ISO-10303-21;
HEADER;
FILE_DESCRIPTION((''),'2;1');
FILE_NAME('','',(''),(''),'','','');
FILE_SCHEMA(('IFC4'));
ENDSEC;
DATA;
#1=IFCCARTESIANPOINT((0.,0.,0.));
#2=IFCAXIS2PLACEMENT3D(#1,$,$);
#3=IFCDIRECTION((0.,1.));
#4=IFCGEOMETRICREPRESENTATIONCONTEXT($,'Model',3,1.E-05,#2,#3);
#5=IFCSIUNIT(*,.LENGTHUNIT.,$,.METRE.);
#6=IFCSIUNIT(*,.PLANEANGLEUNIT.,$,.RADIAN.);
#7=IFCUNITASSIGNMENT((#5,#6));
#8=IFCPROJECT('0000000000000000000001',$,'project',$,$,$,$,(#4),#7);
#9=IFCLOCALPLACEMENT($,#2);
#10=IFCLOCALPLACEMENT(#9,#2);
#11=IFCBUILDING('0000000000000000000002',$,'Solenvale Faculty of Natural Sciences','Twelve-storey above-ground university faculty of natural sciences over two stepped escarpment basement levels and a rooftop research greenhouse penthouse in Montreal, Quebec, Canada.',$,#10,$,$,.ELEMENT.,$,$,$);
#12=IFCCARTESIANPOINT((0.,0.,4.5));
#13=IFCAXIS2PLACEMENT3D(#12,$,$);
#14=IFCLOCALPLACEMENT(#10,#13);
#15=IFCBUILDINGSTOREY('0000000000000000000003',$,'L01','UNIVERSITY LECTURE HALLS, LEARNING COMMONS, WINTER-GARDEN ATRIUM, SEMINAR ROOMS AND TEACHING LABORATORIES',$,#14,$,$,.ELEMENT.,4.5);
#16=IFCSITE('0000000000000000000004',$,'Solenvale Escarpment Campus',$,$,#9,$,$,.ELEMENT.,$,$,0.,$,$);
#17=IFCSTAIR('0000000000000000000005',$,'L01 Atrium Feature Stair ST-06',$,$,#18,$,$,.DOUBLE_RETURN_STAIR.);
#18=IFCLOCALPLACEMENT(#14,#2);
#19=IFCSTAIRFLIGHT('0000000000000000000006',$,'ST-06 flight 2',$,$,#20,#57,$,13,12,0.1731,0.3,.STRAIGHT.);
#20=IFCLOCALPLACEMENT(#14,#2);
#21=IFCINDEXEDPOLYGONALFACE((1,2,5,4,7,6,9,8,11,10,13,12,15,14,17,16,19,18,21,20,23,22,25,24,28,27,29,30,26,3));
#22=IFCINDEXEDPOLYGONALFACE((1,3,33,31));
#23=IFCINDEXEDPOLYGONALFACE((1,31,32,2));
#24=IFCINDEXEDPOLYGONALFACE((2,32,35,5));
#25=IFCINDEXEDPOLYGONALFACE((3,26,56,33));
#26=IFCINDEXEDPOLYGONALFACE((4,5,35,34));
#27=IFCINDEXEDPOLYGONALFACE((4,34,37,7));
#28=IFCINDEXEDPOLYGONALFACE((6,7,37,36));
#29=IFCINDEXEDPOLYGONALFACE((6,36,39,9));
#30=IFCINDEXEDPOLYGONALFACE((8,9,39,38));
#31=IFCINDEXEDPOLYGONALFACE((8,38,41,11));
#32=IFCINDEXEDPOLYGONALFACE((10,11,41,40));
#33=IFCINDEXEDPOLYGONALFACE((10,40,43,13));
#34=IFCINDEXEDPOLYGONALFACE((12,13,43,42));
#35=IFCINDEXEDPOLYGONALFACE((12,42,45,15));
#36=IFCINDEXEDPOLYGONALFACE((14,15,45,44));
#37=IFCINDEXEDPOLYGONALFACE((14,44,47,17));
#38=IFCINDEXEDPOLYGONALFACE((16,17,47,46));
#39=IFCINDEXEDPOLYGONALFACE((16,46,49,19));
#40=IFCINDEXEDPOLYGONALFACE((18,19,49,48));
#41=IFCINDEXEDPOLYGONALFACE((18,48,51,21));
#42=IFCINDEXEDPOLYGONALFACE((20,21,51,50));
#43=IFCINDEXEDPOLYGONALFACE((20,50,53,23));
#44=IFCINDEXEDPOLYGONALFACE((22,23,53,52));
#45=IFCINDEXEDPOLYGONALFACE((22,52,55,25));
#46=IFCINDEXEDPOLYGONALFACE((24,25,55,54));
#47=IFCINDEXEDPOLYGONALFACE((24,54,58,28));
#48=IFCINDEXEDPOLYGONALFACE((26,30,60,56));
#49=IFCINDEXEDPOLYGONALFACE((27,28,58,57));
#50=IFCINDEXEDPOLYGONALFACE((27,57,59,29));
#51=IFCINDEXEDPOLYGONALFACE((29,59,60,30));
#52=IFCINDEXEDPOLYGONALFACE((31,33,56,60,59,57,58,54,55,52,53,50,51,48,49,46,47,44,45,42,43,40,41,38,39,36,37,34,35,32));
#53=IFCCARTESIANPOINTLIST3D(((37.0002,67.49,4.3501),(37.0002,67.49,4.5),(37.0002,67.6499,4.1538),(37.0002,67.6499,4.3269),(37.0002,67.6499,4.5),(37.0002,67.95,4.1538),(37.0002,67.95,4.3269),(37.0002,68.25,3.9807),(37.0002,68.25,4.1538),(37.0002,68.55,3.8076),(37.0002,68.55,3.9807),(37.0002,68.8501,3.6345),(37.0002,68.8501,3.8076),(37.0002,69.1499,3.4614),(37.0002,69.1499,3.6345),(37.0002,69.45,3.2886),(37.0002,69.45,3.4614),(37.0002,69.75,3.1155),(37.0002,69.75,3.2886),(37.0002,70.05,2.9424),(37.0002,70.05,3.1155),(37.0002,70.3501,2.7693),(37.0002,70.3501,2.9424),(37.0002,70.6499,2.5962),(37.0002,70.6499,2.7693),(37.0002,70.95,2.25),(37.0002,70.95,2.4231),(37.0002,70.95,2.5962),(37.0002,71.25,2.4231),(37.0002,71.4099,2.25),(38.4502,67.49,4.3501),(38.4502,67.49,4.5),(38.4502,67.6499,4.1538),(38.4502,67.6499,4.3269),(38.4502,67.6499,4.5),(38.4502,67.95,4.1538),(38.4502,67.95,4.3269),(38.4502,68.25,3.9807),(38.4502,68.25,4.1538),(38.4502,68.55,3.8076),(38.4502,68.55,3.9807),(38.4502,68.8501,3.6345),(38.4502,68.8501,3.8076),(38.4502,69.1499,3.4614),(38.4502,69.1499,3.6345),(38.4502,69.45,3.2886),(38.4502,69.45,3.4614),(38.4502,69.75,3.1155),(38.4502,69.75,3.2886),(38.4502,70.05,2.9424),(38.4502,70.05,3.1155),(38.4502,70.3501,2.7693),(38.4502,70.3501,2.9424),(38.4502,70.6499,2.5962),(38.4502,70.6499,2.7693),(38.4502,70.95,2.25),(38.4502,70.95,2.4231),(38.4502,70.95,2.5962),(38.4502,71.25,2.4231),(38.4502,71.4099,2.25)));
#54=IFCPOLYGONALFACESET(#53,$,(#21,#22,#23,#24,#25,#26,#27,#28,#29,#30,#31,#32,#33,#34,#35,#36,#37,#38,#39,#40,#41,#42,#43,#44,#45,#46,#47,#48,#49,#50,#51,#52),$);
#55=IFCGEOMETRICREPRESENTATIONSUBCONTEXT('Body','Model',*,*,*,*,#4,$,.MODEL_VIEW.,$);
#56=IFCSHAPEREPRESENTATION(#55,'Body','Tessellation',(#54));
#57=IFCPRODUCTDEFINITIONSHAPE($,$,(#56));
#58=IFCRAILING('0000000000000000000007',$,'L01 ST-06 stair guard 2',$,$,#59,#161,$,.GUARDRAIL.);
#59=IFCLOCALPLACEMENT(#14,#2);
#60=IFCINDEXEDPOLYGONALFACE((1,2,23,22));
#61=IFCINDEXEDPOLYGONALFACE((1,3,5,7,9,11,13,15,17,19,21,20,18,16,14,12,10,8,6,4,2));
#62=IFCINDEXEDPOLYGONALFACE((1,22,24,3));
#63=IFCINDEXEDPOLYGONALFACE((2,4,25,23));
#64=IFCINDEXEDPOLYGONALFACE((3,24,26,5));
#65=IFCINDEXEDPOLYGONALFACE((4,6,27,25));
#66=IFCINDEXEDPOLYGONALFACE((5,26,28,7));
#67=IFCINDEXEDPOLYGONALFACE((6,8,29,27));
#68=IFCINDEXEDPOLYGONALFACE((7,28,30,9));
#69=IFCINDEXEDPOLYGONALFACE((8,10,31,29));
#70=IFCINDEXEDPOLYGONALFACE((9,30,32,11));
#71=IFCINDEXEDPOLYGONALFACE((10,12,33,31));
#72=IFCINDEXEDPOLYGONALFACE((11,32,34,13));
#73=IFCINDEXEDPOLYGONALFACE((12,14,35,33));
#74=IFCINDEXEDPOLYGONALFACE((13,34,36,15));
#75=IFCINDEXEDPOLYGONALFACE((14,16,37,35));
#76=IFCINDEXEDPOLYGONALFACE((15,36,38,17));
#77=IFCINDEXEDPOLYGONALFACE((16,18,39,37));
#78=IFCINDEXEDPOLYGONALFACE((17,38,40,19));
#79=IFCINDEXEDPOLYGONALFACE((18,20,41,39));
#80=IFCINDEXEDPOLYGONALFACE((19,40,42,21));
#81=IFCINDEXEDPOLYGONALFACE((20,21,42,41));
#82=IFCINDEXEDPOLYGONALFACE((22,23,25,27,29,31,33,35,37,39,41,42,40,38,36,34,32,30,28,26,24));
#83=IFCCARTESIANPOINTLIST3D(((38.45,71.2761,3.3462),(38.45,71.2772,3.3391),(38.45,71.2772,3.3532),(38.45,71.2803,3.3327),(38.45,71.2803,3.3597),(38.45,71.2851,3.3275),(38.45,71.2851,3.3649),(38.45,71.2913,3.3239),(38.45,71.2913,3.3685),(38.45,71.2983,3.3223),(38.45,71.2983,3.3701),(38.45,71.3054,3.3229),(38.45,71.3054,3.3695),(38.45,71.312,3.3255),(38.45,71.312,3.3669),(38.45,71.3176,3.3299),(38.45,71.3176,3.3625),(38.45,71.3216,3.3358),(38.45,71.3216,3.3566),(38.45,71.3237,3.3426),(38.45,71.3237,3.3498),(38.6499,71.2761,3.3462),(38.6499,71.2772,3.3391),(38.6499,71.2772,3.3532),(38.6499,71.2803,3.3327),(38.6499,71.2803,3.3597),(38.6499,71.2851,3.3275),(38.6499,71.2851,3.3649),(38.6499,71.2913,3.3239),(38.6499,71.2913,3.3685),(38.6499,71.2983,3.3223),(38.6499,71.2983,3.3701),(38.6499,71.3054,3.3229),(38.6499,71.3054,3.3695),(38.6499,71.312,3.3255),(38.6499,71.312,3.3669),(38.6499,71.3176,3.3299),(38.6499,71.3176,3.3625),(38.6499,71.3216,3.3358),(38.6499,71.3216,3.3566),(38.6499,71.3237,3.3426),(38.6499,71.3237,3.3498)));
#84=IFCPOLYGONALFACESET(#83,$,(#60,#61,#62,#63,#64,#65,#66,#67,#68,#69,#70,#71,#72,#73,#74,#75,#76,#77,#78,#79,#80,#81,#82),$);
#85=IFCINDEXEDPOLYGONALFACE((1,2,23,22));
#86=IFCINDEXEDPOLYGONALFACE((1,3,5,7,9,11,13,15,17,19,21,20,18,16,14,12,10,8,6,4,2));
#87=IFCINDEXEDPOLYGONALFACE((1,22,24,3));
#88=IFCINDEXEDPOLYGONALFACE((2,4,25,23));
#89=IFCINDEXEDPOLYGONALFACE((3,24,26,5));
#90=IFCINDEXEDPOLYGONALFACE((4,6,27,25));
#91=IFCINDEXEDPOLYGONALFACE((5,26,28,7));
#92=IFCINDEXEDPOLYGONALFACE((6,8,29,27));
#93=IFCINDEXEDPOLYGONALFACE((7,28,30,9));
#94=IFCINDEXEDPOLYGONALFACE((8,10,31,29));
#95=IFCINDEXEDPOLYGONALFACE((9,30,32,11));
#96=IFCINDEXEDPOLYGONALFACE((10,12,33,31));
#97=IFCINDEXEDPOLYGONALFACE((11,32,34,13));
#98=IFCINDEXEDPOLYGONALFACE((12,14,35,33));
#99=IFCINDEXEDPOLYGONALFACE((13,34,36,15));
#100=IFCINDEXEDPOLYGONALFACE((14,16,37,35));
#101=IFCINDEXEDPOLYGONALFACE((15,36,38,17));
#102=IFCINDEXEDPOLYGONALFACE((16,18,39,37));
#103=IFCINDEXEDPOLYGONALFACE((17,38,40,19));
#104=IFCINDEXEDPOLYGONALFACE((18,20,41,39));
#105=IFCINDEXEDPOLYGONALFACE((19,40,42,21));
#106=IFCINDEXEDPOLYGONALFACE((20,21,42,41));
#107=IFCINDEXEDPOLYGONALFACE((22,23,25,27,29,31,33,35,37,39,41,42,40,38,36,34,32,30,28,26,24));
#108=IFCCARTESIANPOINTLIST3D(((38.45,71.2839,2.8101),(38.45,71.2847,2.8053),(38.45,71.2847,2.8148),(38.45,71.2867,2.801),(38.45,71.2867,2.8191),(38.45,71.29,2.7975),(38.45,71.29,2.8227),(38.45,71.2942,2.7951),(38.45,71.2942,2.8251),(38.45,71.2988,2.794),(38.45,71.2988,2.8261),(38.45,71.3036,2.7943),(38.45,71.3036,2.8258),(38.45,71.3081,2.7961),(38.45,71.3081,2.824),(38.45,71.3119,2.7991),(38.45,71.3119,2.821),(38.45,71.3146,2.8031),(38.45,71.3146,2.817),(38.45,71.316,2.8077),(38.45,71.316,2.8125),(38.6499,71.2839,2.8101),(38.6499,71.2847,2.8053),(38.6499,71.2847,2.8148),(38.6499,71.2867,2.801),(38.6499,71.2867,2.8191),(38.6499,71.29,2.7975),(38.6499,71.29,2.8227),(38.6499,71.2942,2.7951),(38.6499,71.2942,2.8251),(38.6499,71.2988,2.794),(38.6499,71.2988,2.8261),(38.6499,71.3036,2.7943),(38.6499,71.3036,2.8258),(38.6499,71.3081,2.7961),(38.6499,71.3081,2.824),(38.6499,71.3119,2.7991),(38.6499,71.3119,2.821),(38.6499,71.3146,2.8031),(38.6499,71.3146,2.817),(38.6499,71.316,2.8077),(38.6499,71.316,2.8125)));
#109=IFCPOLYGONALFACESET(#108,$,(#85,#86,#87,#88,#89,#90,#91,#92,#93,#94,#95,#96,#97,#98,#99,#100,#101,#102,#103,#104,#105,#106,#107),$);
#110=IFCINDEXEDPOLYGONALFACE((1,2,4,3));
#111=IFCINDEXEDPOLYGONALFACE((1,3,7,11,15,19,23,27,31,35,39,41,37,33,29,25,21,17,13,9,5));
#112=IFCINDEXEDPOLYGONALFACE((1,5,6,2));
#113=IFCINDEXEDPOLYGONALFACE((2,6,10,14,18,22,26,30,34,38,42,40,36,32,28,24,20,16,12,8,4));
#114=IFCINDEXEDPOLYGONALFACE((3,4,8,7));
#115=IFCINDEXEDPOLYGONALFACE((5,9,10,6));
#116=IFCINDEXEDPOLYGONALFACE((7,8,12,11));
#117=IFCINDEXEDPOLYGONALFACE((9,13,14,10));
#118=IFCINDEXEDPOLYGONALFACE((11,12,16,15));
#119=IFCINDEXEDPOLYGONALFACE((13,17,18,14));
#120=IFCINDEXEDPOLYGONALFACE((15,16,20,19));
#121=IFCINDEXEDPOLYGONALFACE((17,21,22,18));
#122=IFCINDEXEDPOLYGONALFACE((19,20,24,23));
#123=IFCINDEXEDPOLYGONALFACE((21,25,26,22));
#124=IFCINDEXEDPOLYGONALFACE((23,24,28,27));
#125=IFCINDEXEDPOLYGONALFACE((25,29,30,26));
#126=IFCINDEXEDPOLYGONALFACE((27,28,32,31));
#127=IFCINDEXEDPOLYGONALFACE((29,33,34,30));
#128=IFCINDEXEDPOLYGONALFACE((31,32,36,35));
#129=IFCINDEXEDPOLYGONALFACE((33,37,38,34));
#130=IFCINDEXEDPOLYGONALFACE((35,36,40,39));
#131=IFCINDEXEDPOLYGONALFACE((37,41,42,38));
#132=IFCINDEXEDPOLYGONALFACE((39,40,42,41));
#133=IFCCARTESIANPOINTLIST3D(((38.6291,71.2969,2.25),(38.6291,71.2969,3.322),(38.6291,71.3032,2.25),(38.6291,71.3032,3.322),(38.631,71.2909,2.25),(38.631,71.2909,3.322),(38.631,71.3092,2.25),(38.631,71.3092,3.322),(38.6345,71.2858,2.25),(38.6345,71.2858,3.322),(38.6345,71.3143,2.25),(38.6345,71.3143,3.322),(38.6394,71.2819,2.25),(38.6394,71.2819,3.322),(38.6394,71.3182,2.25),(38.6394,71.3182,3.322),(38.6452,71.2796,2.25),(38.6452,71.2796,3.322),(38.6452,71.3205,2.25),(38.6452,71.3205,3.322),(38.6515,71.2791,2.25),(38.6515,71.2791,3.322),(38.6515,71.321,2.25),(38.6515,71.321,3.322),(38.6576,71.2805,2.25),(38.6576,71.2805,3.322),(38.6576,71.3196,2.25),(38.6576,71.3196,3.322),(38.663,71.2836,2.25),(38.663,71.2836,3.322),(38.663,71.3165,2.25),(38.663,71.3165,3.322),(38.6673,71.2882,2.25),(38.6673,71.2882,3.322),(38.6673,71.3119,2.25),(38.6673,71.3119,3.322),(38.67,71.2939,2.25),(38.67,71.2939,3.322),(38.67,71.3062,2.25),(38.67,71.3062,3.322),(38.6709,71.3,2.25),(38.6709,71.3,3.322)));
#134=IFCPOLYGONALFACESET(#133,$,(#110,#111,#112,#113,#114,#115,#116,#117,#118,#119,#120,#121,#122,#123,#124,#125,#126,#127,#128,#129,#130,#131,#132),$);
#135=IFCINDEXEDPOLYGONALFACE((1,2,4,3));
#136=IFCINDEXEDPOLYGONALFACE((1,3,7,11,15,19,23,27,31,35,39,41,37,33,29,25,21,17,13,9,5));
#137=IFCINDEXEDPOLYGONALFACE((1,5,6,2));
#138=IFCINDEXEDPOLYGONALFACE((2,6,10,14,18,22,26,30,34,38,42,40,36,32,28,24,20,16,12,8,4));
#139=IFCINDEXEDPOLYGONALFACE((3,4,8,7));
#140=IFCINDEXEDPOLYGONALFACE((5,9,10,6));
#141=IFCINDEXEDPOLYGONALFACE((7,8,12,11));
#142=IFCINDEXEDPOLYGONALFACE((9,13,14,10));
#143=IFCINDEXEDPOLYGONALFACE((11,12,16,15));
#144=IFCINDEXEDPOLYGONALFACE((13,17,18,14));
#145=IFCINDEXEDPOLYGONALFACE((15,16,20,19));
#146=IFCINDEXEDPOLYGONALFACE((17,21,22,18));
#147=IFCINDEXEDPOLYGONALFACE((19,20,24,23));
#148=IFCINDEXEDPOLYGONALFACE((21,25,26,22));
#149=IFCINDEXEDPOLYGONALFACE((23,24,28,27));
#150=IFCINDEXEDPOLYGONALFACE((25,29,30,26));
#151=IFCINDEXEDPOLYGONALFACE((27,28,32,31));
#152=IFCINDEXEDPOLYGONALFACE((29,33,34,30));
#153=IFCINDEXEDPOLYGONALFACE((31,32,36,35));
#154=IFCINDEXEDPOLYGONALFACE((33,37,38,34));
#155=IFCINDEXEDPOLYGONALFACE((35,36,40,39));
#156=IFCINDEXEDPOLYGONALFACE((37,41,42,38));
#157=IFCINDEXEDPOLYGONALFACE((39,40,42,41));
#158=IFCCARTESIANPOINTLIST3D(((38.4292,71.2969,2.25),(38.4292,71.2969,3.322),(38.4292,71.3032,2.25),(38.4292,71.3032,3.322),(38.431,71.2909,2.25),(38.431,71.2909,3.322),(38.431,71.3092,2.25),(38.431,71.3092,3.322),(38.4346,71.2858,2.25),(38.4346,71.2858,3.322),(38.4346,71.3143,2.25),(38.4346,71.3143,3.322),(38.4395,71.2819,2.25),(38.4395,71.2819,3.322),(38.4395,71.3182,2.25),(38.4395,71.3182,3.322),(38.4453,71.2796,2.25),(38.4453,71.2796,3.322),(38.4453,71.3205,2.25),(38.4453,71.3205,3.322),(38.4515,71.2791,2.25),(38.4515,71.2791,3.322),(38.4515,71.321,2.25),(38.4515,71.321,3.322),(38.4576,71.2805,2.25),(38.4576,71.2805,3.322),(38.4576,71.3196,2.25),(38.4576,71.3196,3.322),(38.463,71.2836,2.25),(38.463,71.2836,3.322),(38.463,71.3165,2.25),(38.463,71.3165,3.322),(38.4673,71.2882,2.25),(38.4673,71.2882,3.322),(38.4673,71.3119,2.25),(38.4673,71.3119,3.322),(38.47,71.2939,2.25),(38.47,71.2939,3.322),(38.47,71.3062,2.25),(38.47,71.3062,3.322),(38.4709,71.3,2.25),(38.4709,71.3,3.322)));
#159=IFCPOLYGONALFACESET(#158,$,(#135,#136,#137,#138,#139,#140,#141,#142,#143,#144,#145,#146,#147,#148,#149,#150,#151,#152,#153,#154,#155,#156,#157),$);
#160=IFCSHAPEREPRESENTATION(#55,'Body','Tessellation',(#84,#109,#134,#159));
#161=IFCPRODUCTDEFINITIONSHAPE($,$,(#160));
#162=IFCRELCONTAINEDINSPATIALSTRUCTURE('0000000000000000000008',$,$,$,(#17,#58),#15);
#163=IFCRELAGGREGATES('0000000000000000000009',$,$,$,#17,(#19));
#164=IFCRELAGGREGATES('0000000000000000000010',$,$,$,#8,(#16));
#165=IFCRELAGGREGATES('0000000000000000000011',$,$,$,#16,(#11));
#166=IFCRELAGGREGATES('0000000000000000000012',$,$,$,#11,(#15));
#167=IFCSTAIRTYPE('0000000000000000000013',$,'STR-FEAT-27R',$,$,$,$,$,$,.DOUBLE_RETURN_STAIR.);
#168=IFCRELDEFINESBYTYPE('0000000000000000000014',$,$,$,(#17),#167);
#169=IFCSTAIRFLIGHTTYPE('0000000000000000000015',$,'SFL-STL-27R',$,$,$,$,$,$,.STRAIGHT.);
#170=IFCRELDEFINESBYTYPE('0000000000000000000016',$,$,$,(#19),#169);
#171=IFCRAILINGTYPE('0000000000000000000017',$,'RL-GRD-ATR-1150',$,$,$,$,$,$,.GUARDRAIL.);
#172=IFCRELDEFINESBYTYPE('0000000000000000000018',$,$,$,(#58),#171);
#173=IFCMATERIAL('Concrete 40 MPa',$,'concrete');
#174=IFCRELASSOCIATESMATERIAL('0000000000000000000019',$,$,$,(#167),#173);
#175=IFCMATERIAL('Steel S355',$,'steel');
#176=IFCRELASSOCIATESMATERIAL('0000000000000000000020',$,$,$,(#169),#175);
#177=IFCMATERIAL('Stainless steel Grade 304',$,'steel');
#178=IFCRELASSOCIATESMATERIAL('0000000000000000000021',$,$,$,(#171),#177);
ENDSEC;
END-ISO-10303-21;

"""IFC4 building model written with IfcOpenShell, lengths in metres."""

from ifc_helpers import new_model, si_unit, direction, frame, origin, origin_2d, place, context, subcontext, project, spatial, polyline, circle, outline, extrude, material, type_object, element, aggregate, save


model = new_model("IFC4")

# Units and contexts
model_context = context("Model", 3, precision=1e-05, world=origin(), true_north=direction((0.0, 1.0)))
body_context = subcontext(model_context, "Body", "Model", "MODEL_VIEW")
ifc_project = project(units=[si_unit("LENGTHUNIT", "METRE"), si_unit("PLANEANGLEUNIT", "RADIAN")], contexts=[model_context])

# Site, building, storey
site_placement = place(None, origin())
site = spatial("IfcSite", under=ifc_project, at=site_placement, Name="Solenvale Escarpment Campus", CompositionType="ELEMENT", RefElevation=0.0)
building_placement = place(site_placement, origin())
building = spatial("IfcBuilding", under=site, at=building_placement, Name="Solenvale Faculty of Natural Sciences", Description="Twelve-storey above-ground university faculty of natural sciences over two stepped escarpment basement levels and a rooftop research greenhouse penthouse in Montreal, Quebec, Canada.", CompositionType="ELEMENT")
storey_placement = place(building_placement, frame((0.0, 0.0, 4.5)))
storey = spatial("IfcBuildingStorey", under=building, at=storey_placement, Name="L01", Description="UNIVERSITY LECTURE HALLS, LEARNING COMMONS, WINTER-GARDEN ATRIUM, SEMINAR ROOMS AND TEACHING LABORATORIES", CompositionType="ELEMENT", Elevation=4.5)

# Shared definitions
ifc_material_1 = material(Name="Steel S355", Category="steel")

# Shared definitions
ifc_material_2 = material(Name="Concrete 40 MPa", Category="concrete")

# Stair, stair flight
stair_type = type_object("IfcStairType", Name="STR-FEAT-27R", PredefinedType="DOUBLE_RETURN_STAIR", material=ifc_material_2)
stair_placement = place(storey_placement, origin())
stair = element("IfcStair", 1, at=stair_placement, inside=storey, type_object=stair_type, Name="L01 Atrium Feature Stair ST-06", PredefinedType="DOUBLE_RETURN_STAIR")
stair_flight_type = type_object("IfcStairFlightType", Name="SFL-STL-27R", PredefinedType="STRAIGHT", material=ifc_material_1)
stair_flight_placement = place(storey_placement, frame((37.7251, 71.25, 2.25), z_axis=(0.0, 0.0, 1.0), x_axis=(0.0, -1.0, 0.0)))
stair_flight = element("IfcStairFlight", 2, at=stair_flight_placement, type_object=stair_flight_type, Name="ST-06 flight 2", NumberOfRisers=13, NumberOfTreads=12, PredefinedType="STRAIGHT", RiserHeight=0.1731, TreadLength=0.3, context=body_context, shape_type="SweptSolid", body=[
    extrude(outline(polyline([(-0.1599, 0.0), (0.0, 0.1731), (0.3, 0.1731), (0.3, 0.3462), (0.6001, 0.3462), (0.6001, 0.5193), (0.8999, 0.5193), (0.8999, 0.6924), (1.2, 0.6924), (1.2, 0.8655), (1.5, 0.8655), (1.5, 1.0386), (1.8, 1.0386), (1.8, 1.2114), (2.1001, 1.2114), (2.1001, 1.3845), (2.3999, 1.3845), (2.3999, 1.5576), (2.7, 1.5576), (2.7, 1.7307), (3.0, 1.7307), (3.0, 1.9038), (3.3, 1.9038), (3.3, 2.0769), (3.6001, 2.0769), (3.6001, 2.25), (3.76, 2.25), (3.76, 2.1001), (3.6001, 1.9038), (0.3, 0.0), (-0.1599, 0.0)])), frame((0.0, 0.7251, 0.0), z_axis=(0.0, -1.0, 0.0), x_axis=(1.0, 0.0, 0.0)), (0.0, 0.0, 1.0), 1.45),
])
aggregate(stair, [stair_flight])

# Railing
ifc_material_3 = material(Name="Stainless steel Grade 304", Category="steel")
railing_type_1 = type_object("IfcRailingType", Name="RL-GRD-ATR-1150", PredefinedType="GUARDRAIL", material=ifc_material_3)
railing_1_placement = place(storey_placement, frame((38.6499, 71.3, 2.25)))
element("IfcRailing", 3, at=railing_1_placement, inside=storey, type_object=railing_type_1, Name="L01 ST-06 stair guard 2", PredefinedType="GUARDRAIL", context=body_context, shape_type="SweptSolid", body=[
    extrude(circle(Radius=0.0239, at=origin_2d()), frame((0.0, 0.0, 1.0962), z_axis=(-1.0, 0.0, 0.0), x_axis=(0.0, -1.0, 0.0)), (0.0, 0.0, 1.0), 0.2),
    extrude(circle(Radius=0.0161, at=origin_2d()), frame((0.0, 0.0, 0.5601), z_axis=(-1.0, 0.0, 0.0), x_axis=(0.0, -1.0, 0.0)), (0.0, 0.0, 1.0), 0.2),
    extrude(circle(Radius=0.021, at=origin_2d()), origin(), (0.0, 0.0, 1.0), 1.072),
    extrude(circle(Radius=0.021, at=origin_2d()), frame((-0.2, 0.0, 0.0)), (0.0, 0.0, 1.0), 1.072),
])

save(model, "model.ifc")
